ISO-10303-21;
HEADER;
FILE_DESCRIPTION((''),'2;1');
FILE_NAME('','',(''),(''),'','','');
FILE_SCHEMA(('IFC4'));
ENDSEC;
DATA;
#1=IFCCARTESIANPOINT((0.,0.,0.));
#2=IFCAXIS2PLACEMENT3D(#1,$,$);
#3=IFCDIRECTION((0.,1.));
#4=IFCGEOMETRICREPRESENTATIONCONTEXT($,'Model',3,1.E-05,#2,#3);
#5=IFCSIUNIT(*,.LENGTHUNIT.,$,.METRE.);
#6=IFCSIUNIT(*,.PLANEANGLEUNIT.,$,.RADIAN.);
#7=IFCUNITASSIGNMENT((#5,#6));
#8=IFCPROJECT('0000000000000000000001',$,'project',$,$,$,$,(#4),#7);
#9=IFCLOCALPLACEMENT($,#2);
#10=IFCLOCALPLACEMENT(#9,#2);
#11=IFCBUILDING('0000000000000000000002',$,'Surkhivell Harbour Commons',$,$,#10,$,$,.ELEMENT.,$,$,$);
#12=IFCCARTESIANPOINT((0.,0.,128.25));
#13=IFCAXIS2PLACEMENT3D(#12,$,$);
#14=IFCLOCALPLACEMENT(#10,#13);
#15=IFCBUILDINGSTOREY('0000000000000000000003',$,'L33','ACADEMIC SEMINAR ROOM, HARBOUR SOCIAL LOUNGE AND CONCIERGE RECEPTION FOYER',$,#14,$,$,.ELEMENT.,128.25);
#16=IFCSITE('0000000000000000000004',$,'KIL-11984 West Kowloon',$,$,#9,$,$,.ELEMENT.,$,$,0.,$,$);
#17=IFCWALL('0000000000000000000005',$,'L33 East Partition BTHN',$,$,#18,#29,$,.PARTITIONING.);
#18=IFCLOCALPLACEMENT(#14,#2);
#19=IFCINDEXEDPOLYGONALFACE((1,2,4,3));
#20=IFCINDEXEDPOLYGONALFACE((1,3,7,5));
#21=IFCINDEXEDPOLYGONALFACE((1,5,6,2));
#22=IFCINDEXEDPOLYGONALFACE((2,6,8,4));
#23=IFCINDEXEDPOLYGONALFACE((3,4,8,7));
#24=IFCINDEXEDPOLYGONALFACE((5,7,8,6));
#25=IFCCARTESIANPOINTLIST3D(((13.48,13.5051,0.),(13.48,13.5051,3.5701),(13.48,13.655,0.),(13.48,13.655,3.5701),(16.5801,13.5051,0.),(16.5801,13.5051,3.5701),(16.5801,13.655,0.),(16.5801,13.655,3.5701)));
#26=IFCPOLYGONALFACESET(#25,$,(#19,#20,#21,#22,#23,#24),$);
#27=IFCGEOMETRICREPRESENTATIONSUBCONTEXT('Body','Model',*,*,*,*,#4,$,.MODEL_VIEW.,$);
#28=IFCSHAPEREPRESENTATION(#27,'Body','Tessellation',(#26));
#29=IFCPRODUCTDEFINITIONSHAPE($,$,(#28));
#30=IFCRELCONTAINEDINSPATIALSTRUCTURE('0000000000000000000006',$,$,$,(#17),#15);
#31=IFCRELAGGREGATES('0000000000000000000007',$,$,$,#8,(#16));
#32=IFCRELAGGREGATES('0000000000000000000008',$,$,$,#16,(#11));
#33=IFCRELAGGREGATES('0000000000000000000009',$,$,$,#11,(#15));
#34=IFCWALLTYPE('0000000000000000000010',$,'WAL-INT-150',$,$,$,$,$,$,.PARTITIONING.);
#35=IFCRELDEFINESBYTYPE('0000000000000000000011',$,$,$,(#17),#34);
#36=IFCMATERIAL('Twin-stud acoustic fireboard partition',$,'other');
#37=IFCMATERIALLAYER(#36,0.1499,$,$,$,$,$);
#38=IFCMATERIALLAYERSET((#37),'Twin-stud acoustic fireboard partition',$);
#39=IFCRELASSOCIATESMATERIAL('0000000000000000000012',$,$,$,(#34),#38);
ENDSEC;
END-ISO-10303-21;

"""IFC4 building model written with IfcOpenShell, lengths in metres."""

from ifc_helpers import new_model, si_unit, direction, frame, frame_2d, origin, place, context, subcontext, project, spatial, rectangle, extrude, material, layer, layer_set, type_object, element, save


model = new_model("IFC4")

# Units and contexts
model_context = context("Model", 3, precision=1e-05, world=origin(), true_north=direction((0.0, 1.0)))
body_context = subcontext(model_context, "Body", "Model", "MODEL_VIEW")
ifc_project = project(units=[si_unit("LENGTHUNIT", "METRE"), si_unit("PLANEANGLEUNIT", "RADIAN")], contexts=[model_context])

# Site, building, storey
site_placement = place(None, origin())
site = spatial("IfcSite", under=ifc_project, at=site_placement, Name="KIL-11984 West Kowloon", CompositionType="ELEMENT", RefElevation=0.0)
building_placement = place(site_placement, origin())
building = spatial("IfcBuilding", under=site, at=building_placement, Name="Surkhivell Harbour Commons", CompositionType="ELEMENT")
storey_placement = place(building_placement, frame((0.0, 0.0, 128.25)))
storey = spatial("IfcBuildingStorey", under=building, at=storey_placement, Name="L33", Description="ACADEMIC SEMINAR ROOM, HARBOUR SOCIAL LOUNGE AND CONCIERGE RECEPTION FOYER", CompositionType="ELEMENT", Elevation=128.25)

# Wall
ifc_material_1 = material(Name="Twin-stud acoustic fireboard partition", Category="other")
ifc_layer_1 = layer(ifc_material_1, 0.1499)
ifc_layer_set_1 = layer_set([ifc_layer_1], Name="Twin-stud acoustic fireboard partition")
wall_type_1 = type_object("IfcWallType", Name="WAL-INT-150", PredefinedType="PARTITIONING", material=ifc_layer_set_1)
wall_1_placement = place(storey_placement, frame((13.48, 13.5801, 0.0), z_axis=(0.0, 0.0, 1.0), x_axis=(1.0, 0.0, 0.0)))
element("IfcWall", 1, at=wall_1_placement, inside=storey, type_object=wall_type_1, Name="L33 East Partition BTHN", PredefinedType="PARTITIONING", context=body_context, shape_type="SweptSolid", body=[
    extrude(rectangle(XDim=3.1001, YDim=0.1499, at=frame_2d((1.55, 0.0))), origin(), (0.0, 0.0, 1.0), 3.5701),
])

save(model, "model.ifc")
